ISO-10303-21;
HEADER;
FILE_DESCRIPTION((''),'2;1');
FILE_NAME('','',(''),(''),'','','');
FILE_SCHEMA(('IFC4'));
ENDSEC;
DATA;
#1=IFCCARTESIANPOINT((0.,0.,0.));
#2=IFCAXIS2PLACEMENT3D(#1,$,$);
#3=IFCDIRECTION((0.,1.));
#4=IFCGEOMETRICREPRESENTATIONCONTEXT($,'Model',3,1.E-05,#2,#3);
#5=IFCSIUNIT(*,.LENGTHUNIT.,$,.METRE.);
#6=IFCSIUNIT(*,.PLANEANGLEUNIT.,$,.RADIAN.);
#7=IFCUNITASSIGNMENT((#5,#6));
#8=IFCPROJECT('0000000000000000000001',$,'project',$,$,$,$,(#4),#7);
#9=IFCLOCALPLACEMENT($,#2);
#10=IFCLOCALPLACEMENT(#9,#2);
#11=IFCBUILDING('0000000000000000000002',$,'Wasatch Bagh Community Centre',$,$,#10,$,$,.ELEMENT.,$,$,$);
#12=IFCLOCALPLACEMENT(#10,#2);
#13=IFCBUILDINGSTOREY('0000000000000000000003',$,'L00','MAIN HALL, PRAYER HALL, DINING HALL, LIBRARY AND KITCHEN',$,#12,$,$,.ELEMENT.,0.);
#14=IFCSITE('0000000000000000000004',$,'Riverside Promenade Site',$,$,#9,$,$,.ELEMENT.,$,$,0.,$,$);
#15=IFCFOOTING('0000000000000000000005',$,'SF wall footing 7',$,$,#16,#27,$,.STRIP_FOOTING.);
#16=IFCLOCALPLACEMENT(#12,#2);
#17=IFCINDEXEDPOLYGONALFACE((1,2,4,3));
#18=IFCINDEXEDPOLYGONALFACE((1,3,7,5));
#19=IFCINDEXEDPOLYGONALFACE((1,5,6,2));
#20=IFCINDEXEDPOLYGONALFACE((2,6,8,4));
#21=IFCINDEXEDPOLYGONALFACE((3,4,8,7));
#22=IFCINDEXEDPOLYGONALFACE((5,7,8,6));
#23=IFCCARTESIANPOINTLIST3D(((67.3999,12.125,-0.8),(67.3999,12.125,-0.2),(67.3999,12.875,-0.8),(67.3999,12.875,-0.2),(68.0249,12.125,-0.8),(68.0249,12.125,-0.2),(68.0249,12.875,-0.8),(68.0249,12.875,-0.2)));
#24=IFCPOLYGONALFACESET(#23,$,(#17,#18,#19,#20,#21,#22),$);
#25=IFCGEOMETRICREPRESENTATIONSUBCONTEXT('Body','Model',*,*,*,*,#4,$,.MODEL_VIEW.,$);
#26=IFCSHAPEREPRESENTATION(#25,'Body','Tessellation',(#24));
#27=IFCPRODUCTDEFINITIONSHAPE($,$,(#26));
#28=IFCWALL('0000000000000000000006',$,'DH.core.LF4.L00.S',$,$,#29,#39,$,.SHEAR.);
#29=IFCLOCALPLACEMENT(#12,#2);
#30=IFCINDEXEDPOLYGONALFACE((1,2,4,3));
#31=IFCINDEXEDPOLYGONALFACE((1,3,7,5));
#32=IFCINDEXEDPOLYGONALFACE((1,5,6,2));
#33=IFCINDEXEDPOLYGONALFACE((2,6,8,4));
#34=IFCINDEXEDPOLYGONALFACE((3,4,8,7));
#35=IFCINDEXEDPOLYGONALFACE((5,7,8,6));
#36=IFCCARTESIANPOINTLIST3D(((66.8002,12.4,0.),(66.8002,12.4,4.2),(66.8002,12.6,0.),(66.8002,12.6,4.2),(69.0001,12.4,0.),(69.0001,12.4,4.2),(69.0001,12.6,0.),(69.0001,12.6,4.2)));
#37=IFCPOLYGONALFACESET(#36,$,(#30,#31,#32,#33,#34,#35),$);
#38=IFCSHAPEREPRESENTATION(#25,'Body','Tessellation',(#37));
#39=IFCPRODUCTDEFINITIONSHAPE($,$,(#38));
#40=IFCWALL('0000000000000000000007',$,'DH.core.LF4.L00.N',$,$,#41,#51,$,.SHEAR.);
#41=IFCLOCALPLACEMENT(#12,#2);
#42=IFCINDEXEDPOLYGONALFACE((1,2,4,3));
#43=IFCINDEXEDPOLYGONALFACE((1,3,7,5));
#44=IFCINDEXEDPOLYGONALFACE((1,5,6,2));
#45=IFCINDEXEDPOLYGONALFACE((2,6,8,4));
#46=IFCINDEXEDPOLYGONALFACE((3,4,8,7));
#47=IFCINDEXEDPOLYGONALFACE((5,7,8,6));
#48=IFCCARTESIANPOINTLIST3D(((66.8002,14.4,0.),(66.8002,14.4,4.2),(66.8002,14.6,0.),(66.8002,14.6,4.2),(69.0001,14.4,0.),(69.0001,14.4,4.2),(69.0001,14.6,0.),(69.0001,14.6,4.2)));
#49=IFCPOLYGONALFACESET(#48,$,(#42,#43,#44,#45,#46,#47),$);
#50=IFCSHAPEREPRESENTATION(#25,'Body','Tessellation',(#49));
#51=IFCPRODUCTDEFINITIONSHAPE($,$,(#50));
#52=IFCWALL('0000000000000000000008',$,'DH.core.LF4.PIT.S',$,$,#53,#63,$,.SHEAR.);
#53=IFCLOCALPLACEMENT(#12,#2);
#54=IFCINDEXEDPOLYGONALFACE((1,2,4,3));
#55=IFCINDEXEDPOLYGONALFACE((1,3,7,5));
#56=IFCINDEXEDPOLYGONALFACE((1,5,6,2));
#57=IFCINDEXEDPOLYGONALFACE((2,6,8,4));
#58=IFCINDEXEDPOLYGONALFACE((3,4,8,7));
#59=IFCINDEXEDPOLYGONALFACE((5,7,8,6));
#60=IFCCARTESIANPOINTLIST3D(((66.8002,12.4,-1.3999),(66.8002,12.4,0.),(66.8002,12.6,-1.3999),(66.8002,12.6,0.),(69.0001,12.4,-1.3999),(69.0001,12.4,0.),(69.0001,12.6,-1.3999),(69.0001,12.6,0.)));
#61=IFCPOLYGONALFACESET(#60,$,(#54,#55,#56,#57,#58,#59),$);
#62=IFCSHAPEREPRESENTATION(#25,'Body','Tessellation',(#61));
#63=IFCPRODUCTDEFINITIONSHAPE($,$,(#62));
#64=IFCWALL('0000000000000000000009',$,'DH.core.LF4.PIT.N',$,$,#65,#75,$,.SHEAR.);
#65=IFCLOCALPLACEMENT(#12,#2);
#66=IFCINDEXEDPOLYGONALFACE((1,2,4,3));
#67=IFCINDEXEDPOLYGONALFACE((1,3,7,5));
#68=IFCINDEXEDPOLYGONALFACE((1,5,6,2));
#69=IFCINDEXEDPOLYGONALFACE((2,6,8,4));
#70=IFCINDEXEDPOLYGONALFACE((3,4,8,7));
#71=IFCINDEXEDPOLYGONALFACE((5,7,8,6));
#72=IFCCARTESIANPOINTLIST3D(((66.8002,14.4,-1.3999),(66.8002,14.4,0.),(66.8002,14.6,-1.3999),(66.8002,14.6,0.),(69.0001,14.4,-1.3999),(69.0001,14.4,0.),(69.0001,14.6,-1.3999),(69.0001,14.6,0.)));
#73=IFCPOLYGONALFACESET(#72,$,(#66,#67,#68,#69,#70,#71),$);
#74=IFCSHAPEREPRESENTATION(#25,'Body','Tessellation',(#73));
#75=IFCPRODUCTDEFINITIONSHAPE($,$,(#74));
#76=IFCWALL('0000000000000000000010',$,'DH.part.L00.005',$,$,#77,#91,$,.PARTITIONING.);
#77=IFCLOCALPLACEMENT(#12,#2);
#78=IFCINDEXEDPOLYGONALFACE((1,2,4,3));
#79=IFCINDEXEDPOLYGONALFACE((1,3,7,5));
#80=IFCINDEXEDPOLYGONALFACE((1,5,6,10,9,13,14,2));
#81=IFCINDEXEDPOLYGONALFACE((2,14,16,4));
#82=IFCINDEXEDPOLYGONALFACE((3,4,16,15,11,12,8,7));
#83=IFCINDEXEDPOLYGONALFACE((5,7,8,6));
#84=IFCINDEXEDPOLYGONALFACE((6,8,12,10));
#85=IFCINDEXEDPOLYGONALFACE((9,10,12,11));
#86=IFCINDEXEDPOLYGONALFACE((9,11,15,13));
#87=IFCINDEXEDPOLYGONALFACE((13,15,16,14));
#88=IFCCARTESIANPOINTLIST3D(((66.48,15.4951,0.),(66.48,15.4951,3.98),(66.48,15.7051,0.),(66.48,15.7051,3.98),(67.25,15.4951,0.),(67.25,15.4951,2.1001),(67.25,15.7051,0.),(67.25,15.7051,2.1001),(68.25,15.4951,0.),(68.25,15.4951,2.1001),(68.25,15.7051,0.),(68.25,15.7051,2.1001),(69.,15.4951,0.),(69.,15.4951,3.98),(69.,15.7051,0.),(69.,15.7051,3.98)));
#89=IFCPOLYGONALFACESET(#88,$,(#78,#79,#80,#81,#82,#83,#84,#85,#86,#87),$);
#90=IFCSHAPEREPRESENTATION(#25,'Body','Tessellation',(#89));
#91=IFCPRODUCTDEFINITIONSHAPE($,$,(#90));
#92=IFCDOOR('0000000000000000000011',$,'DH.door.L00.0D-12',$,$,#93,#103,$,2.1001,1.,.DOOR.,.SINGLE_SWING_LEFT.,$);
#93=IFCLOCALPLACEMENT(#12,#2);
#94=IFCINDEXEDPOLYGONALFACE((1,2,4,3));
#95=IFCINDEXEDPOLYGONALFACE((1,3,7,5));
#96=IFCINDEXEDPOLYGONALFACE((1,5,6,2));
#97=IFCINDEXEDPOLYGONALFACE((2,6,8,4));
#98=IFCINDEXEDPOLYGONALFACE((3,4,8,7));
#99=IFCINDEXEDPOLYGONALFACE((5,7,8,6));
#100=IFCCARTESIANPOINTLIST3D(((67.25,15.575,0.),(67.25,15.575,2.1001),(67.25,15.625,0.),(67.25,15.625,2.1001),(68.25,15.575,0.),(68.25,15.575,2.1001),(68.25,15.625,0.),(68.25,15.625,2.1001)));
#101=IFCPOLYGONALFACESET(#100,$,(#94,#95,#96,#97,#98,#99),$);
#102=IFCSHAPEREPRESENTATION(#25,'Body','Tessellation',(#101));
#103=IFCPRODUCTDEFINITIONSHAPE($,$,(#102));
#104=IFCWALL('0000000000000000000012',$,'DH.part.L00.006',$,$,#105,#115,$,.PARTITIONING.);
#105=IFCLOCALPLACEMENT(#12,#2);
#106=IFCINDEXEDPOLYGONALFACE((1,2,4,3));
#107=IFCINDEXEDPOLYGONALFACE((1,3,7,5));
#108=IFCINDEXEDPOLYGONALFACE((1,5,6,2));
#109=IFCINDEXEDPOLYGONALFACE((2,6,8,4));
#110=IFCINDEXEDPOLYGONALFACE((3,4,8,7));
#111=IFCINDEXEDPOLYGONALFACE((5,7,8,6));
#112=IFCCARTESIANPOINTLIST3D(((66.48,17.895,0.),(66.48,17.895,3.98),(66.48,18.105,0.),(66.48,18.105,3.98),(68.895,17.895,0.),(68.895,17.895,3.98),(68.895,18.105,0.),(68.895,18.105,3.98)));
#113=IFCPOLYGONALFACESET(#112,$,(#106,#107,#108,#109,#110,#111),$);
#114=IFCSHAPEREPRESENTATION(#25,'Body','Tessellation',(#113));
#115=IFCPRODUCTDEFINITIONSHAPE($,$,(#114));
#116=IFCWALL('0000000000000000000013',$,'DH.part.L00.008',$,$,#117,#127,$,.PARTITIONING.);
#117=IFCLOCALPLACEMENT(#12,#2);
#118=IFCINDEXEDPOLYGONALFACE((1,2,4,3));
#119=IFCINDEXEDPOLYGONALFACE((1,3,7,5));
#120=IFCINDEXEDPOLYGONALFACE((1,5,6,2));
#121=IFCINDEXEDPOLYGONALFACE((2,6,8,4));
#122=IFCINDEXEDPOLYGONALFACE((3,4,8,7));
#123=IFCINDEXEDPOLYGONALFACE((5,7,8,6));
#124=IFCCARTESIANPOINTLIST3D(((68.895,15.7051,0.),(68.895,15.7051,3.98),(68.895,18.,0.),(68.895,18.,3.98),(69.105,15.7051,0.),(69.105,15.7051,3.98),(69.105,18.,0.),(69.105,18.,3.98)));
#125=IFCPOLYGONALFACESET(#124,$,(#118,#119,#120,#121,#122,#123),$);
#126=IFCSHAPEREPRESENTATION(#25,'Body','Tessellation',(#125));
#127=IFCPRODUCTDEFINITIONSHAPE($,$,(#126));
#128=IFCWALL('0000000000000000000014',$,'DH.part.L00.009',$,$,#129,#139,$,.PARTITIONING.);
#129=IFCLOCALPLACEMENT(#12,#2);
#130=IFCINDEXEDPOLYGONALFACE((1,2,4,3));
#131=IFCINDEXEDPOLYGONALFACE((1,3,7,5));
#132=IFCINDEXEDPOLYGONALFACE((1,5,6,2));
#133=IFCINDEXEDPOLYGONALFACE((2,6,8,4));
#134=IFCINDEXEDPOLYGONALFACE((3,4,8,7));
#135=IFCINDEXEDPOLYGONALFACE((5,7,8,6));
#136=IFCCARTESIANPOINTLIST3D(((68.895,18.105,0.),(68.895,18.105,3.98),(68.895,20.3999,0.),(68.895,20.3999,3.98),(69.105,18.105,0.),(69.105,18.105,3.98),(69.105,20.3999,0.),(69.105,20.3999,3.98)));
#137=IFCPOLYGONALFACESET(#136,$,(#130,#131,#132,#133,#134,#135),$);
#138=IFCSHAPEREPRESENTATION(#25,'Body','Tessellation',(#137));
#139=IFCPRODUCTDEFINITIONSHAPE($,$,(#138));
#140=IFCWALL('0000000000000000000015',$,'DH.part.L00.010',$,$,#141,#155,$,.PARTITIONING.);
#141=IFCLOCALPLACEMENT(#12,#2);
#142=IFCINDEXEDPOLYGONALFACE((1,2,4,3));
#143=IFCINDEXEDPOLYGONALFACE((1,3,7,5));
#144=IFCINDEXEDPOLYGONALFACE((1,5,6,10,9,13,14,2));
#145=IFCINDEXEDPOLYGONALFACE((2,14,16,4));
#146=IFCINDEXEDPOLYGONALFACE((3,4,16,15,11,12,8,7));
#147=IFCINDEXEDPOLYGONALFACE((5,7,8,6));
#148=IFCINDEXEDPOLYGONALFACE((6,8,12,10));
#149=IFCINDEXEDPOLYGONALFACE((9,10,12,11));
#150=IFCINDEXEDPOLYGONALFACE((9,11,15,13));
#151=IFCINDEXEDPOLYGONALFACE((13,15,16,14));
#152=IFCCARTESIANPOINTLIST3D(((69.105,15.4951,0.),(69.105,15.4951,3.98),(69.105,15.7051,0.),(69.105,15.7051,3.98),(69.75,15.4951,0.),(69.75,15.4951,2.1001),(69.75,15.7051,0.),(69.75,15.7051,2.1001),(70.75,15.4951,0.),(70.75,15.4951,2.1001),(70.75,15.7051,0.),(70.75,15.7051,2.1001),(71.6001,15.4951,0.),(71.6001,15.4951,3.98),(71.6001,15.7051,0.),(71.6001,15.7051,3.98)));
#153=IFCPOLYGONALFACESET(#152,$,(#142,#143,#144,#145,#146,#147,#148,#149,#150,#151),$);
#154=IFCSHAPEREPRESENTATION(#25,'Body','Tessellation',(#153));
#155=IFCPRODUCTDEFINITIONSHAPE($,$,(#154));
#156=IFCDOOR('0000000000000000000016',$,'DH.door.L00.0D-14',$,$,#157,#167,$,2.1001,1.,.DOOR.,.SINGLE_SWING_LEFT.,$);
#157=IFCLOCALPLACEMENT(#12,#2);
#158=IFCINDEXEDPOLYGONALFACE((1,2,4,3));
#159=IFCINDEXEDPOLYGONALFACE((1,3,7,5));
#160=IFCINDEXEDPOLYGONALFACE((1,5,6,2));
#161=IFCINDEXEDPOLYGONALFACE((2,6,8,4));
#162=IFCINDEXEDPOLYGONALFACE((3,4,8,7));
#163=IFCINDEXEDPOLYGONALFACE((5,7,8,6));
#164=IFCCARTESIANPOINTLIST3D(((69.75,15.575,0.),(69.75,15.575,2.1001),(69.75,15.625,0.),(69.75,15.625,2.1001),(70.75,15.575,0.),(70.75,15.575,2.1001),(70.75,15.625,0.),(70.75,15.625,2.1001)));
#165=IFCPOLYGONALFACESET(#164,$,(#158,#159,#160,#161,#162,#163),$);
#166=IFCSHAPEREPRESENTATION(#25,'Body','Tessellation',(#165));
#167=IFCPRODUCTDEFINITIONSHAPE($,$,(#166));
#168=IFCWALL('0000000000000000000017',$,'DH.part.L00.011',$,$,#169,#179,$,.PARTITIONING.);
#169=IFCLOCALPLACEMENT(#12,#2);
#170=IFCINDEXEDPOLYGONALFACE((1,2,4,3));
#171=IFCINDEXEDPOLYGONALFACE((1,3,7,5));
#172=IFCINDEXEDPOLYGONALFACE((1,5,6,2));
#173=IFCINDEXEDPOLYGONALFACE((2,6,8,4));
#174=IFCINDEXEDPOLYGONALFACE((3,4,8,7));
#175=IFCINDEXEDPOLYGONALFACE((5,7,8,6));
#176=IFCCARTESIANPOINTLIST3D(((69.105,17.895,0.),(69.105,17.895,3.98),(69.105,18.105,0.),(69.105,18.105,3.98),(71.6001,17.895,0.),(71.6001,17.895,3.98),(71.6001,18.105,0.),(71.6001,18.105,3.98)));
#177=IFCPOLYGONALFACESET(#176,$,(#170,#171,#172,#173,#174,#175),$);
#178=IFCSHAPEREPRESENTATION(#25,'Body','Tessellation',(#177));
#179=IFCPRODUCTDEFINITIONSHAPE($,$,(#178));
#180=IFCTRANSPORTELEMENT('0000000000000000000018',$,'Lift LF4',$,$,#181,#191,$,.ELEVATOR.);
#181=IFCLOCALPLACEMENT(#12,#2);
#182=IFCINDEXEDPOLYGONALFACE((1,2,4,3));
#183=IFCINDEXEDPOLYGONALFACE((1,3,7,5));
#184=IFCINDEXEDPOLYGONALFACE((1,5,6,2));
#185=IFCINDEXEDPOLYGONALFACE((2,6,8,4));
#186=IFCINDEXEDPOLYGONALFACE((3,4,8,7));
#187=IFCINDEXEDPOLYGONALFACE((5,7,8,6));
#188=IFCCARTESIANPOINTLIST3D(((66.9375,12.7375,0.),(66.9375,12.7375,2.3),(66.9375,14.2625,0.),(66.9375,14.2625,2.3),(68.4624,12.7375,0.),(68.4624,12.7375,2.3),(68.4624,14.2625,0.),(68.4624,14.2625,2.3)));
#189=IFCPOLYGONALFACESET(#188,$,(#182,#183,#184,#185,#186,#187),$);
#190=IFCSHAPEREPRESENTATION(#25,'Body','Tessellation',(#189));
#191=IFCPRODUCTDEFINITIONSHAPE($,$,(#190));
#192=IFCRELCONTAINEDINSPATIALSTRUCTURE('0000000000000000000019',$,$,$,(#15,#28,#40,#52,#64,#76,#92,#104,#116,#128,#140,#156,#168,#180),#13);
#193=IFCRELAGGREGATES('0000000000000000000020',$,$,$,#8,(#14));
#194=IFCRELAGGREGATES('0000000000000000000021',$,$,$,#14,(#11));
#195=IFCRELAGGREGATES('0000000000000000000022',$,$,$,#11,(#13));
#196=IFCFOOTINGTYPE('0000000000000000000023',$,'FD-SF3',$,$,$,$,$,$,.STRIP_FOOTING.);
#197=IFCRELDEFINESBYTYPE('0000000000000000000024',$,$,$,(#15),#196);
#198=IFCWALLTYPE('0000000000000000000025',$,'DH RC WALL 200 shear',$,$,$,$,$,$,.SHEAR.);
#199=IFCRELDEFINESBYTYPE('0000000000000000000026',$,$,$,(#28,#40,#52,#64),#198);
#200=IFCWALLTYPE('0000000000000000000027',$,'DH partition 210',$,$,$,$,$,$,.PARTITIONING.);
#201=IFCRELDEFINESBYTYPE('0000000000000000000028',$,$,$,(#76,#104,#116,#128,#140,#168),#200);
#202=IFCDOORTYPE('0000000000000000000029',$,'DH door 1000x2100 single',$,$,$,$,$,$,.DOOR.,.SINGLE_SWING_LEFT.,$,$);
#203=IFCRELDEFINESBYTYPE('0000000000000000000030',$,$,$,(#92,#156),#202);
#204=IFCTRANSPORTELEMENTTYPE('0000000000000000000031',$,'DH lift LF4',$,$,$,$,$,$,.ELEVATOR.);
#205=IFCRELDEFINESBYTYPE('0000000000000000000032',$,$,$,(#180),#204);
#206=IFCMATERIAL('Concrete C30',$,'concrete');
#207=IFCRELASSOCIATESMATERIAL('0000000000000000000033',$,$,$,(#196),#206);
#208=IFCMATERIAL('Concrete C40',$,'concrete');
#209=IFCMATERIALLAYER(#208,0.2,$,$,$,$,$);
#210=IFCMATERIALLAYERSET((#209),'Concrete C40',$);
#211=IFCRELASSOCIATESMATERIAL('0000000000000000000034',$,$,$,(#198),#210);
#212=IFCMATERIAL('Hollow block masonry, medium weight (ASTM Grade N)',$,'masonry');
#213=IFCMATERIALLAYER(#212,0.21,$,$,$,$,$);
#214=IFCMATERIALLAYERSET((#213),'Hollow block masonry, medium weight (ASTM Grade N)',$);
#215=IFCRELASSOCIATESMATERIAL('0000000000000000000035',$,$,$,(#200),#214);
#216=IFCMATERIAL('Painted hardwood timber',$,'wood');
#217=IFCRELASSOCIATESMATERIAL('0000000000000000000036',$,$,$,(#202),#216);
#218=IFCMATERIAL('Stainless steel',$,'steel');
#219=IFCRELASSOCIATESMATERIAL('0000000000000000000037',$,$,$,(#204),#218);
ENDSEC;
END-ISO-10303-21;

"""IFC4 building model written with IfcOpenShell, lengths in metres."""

from ifc_helpers import new_model, si_unit, direction, frame, frame_2d, origin, origin_2d, place, context, subcontext, project, spatial, rectangle, extrude, material, layer, layer_set, type_object, element, fill, save


model = new_model("IFC4")

# Units and contexts
model_context = context("Model", 3, precision=1e-05, world=origin(), true_north=direction((0.0, 1.0)))
body_context = subcontext(model_context, "Body", "Model", "MODEL_VIEW")
ifc_project = project(units=[si_unit("LENGTHUNIT", "METRE"), si_unit("PLANEANGLEUNIT", "RADIAN")], contexts=[model_context])

# Site, building, storey
site_placement = place(None, origin())
site = spatial("IfcSite", under=ifc_project, at=site_placement, Name="Riverside Promenade Site", CompositionType="ELEMENT", RefElevation=0.0)
building_placement = place(site_placement, origin())
building = spatial("IfcBuilding", under=site, at=building_placement, Name="Wasatch Bagh Community Centre", CompositionType="ELEMENT")
storey_placement = place(building_placement, origin())
storey = spatial("IfcBuildingStorey", under=building, at=storey_placement, Name="L00", Description="MAIN HALL, PRAYER HALL, DINING HALL, LIBRARY AND KITCHEN", CompositionType="ELEMENT", Elevation=0.0)

# Shared definitions
ifc_material_1 = material(Name="Concrete C30", Category="concrete")

# Footing
footing_type_1 = type_object("IfcFootingType", Name="FD-SF3", PredefinedType="STRIP_FOOTING", material=ifc_material_1)
footing_1_placement = place(storey_placement, frame((67.7124, 12.5, -0.8), z_axis=(0.0, 0.0, 1.0), x_axis=(1.0, 0.0, 0.0)))
element("IfcFooting", 1, at=footing_1_placement, inside=storey, type_object=footing_type_1, Name="SF wall footing 7", PredefinedType="STRIP_FOOTING", context=body_context, shape_type="SweptSolid", body=[
    extrude(rectangle(XDim=0.625, YDim=0.75, at=origin_2d()), origin(), (0.0, 0.0, 1.0), 0.6001),
])

# Walls
ifc_material_2 = material(Name="Concrete C40", Category="concrete")
ifc_layer_1 = layer(ifc_material_2, 0.2)
ifc_layer_set_1 = layer_set([ifc_layer_1], Name="Concrete C40")
wall_type_1 = type_object("IfcWallType", Name="DH RC WALL 200 shear", PredefinedType="SHEAR", material=ifc_layer_set_1)
for number, where, z_axis, x_axis, name in (
    (2, (66.8, 12.5, 0.0), (0.0, 0.0, 1.0), (1.0, 0.0, 0.0), "DH.core.LF4.L00.S"),
    (3, (66.8, 14.5, 0.0), (0.0, 0.0, 1.0), (1.0, 0.0, 0.0), "DH.core.LF4.L00.N"),
):
    element("IfcWall", number, at=place(storey_placement, frame(where, z_axis=z_axis, x_axis=x_axis)), inside=storey, type_object=wall_type_1, Name=name, PredefinedType="SHEAR", context=body_context, shape_type="SweptSolid", body=[
        extrude(rectangle(XDim=2.2, YDim=0.2, at=frame_2d((1.1001, 0.0))), origin(), (0.0, 0.0, 1.0), 4.2),
    ])
for number, where, z_axis, x_axis, name in (
    (4, (66.8, 12.5, -1.3999), (0.0, 0.0, 1.0), (1.0, 0.0, 0.0), "DH.core.LF4.PIT.S"),
    (5, (66.8, 14.5, -1.3999), (0.0, 0.0, 1.0), (1.0, 0.0, 0.0), "DH.core.LF4.PIT.N"),
):
    element("IfcWall", number, at=place(storey_placement, frame(where, z_axis=z_axis, x_axis=x_axis)), inside=storey, type_object=wall_type_1, Name=name, PredefinedType="SHEAR", context=body_context, shape_type="SweptSolid", body=[
        extrude(rectangle(XDim=2.2, YDim=0.2, at=frame_2d((1.1001, 0.0))), origin(), (0.0, 0.0, 1.0), 1.3999),
    ])

# Wall, opening, door
ifc_material_3 = material(Name="Hollow block masonry, medium weight (ASTM Grade N)", Category="masonry")
ifc_layer_2 = layer(ifc_material_3, 0.21)
ifc_layer_set_2 = layer_set([ifc_layer_2], Name="Hollow block masonry, medium weight (ASTM Grade N)")
wall_type_2 = type_object("IfcWallType", Name="DH partition 210", PredefinedType="PARTITIONING", material=ifc_layer_set_2)
wall_1_placement = place(storey_placement, frame((66.48, 15.6001, 0.0), z_axis=(0.0, 0.0, 1.0), x_axis=(1.0, 0.0, 0.0)))
wall_1 = element("IfcWall", 6, at=wall_1_placement, inside=storey, type_object=wall_type_2, Name="DH.part.L00.005", PredefinedType="PARTITIONING", context=body_context, shape_type="SweptSolid", body=[
    extrude(rectangle(XDim=2.52, YDim=0.21, at=frame_2d((1.26, 0.0))), origin(), (0.0, 0.0, 1.0), 3.98),
])
opening_1_placement = place(wall_1_placement, frame((0.77, 0.0, 0.0)))
opening_1 = element("IfcOpeningElement", 7, at=opening_1_placement, cuts=wall_1, PredefinedType="OPENING", context=body_context, shape_type="SweptSolid", body=[
    extrude(rectangle(XDim=1.0, YDim=2.1001, at=frame_2d((0.5, 1.05))), frame((0.0, 0.115, 0.0), z_axis=(0.0, -1.0, 0.0), x_axis=(1.0, 0.0, 0.0)), (0.0, 0.0, 1.0), 0.23),
])
ifc_material_4 = material(Name="Painted hardwood timber", Category="wood")
door_type = type_object("IfcDoorType", Name="DH door 1000x2100 single", OperationType="SINGLE_SWING_LEFT", PredefinedType="DOOR", material=ifc_material_4)
door_1_placement = place(opening_1_placement, origin())
door_1 = element("IfcDoor", 8, at=door_1_placement, inside=storey, type_object=door_type, Name="DH.door.L00.0D-12", OperationType="SINGLE_SWING_LEFT", OverallHeight=2.1001, OverallWidth=1.0, PredefinedType="DOOR", context=body_context, shape_type="SweptSolid", body=[
    extrude(rectangle(XDim=1.0, YDim=2.1001, at=frame_2d((0.5, 1.05))), frame((0.0, 0.0249, 0.0), z_axis=(0.0, -1.0, 0.0), x_axis=(1.0, 0.0, 0.0)), (0.0, 0.0, 1.0), 0.05),
])
fill(opening_1, door_1)

# Walls
wall_2_placement = place(storey_placement, frame((68.895, 18.0, 0.0), z_axis=(0.0, 0.0, 1.0), x_axis=(-1.0, 0.0, 0.0)))
element("IfcWall", 9, at=wall_2_placement, inside=storey, type_object=wall_type_2, Name="DH.part.L00.006", PredefinedType="PARTITIONING", context=body_context, shape_type="SweptSolid", body=[
    extrude(rectangle(XDim=2.415, YDim=0.21, at=frame_2d((1.2075, 0.0))), origin(), (0.0, 0.0, 1.0), 3.98),
])
for number, where, z_axis, x_axis, name in (
    (10, (69.0, 15.7051, 0.0), (0.0, 0.0, 1.0), (0.0, 1.0, 0.0), "DH.part.L00.008"),
    (11, (69.0, 18.105, 0.0), (0.0, 0.0, 1.0), (0.0, 1.0, 0.0), "DH.part.L00.009"),
):
    element("IfcWall", number, at=place(storey_placement, frame(where, z_axis=z_axis, x_axis=x_axis)), inside=storey, type_object=wall_type_2, Name=name, PredefinedType="PARTITIONING", context=body_context, shape_type="SweptSolid", body=[
        extrude(rectangle(XDim=2.2949, YDim=0.21, at=frame_2d((1.1475, 0.0))), origin(), (0.0, 0.0, 1.0), 3.98),
    ])

# Wall, opening, door
wall_3_placement = place(storey_placement, frame((69.105, 15.6001, 0.0), z_axis=(0.0, 0.0, 1.0), x_axis=(1.0, 0.0, 0.0)))
wall_3 = element("IfcWall", 12, at=wall_3_placement, inside=storey, type_object=wall_type_2, Name="DH.part.L00.010", PredefinedType="PARTITIONING", context=body_context, shape_type="SweptSolid", body=[
    extrude(rectangle(XDim=2.4951, YDim=0.21, at=frame_2d((1.2476, 0.0))), origin(), (0.0, 0.0, 1.0), 3.98),
])
opening_2_placement = place(wall_3_placement, frame((0.645, 0.0, 0.0)))
opening_2 = element("IfcOpeningElement", 13, at=opening_2_placement, cuts=wall_3, PredefinedType="OPENING", context=body_context, shape_type="SweptSolid", body=[
    extrude(rectangle(XDim=1.0, YDim=2.1001, at=frame_2d((0.5, 1.05))), frame((0.0, 0.115, 0.0), z_axis=(0.0, -1.0, 0.0), x_axis=(1.0, 0.0, 0.0)), (0.0, 0.0, 1.0), 0.23),
])
door_2_placement = place(opening_2_placement, origin())
door_2 = element("IfcDoor", 14, at=door_2_placement, inside=storey, type_object=door_type, Name="DH.door.L00.0D-14", OperationType="SINGLE_SWING_LEFT", OverallHeight=2.1001, OverallWidth=1.0, PredefinedType="DOOR", context=body_context, shape_type="SweptSolid", body=[
    extrude(rectangle(XDim=1.0, YDim=2.1001, at=frame_2d((0.5, 1.05))), frame((0.0, 0.0249, 0.0), z_axis=(0.0, -1.0, 0.0), x_axis=(1.0, 0.0, 0.0)), (0.0, 0.0, 1.0), 0.05),
])
fill(opening_2, door_2)

# Wall
wall_4_placement = place(storey_placement, frame((69.105, 18.0, 0.0), z_axis=(0.0, 0.0, 1.0), x_axis=(1.0, 0.0, 0.0)))
element("IfcWall", 15, at=wall_4_placement, inside=storey, type_object=wall_type_2, Name="DH.part.L00.011", PredefinedType="PARTITIONING", context=body_context, shape_type="SweptSolid", body=[
    extrude(rectangle(XDim=2.4951, YDim=0.21, at=frame_2d((1.2476, 0.0))), origin(), (0.0, 0.0, 1.0), 3.98),
])

# Transport element
ifc_material_5 = material(Name="Stainless steel", Category="steel")
transport_element_type = type_object("IfcTransportElementType", Name="DH lift LF4", PredefinedType="ELEVATOR", material=ifc_material_5)
transport_element_placement = place(storey_placement, frame((67.7, 13.5, 0.0), z_axis=(0.0, 0.0, 1.0), x_axis=(1.0, 0.0, 0.0)))
element("IfcTransportElement", 16, at=transport_element_placement, inside=storey, type_object=transport_element_type, Name="Lift LF4", PredefinedType="ELEVATOR", context=body_context, shape_type="SweptSolid", body=[
    extrude(rectangle(XDim=1.5249, YDim=1.5249, at=origin_2d()), origin(), (0.0, 0.0, 1.0), 2.3),
])

save(model, "model.ifc")
